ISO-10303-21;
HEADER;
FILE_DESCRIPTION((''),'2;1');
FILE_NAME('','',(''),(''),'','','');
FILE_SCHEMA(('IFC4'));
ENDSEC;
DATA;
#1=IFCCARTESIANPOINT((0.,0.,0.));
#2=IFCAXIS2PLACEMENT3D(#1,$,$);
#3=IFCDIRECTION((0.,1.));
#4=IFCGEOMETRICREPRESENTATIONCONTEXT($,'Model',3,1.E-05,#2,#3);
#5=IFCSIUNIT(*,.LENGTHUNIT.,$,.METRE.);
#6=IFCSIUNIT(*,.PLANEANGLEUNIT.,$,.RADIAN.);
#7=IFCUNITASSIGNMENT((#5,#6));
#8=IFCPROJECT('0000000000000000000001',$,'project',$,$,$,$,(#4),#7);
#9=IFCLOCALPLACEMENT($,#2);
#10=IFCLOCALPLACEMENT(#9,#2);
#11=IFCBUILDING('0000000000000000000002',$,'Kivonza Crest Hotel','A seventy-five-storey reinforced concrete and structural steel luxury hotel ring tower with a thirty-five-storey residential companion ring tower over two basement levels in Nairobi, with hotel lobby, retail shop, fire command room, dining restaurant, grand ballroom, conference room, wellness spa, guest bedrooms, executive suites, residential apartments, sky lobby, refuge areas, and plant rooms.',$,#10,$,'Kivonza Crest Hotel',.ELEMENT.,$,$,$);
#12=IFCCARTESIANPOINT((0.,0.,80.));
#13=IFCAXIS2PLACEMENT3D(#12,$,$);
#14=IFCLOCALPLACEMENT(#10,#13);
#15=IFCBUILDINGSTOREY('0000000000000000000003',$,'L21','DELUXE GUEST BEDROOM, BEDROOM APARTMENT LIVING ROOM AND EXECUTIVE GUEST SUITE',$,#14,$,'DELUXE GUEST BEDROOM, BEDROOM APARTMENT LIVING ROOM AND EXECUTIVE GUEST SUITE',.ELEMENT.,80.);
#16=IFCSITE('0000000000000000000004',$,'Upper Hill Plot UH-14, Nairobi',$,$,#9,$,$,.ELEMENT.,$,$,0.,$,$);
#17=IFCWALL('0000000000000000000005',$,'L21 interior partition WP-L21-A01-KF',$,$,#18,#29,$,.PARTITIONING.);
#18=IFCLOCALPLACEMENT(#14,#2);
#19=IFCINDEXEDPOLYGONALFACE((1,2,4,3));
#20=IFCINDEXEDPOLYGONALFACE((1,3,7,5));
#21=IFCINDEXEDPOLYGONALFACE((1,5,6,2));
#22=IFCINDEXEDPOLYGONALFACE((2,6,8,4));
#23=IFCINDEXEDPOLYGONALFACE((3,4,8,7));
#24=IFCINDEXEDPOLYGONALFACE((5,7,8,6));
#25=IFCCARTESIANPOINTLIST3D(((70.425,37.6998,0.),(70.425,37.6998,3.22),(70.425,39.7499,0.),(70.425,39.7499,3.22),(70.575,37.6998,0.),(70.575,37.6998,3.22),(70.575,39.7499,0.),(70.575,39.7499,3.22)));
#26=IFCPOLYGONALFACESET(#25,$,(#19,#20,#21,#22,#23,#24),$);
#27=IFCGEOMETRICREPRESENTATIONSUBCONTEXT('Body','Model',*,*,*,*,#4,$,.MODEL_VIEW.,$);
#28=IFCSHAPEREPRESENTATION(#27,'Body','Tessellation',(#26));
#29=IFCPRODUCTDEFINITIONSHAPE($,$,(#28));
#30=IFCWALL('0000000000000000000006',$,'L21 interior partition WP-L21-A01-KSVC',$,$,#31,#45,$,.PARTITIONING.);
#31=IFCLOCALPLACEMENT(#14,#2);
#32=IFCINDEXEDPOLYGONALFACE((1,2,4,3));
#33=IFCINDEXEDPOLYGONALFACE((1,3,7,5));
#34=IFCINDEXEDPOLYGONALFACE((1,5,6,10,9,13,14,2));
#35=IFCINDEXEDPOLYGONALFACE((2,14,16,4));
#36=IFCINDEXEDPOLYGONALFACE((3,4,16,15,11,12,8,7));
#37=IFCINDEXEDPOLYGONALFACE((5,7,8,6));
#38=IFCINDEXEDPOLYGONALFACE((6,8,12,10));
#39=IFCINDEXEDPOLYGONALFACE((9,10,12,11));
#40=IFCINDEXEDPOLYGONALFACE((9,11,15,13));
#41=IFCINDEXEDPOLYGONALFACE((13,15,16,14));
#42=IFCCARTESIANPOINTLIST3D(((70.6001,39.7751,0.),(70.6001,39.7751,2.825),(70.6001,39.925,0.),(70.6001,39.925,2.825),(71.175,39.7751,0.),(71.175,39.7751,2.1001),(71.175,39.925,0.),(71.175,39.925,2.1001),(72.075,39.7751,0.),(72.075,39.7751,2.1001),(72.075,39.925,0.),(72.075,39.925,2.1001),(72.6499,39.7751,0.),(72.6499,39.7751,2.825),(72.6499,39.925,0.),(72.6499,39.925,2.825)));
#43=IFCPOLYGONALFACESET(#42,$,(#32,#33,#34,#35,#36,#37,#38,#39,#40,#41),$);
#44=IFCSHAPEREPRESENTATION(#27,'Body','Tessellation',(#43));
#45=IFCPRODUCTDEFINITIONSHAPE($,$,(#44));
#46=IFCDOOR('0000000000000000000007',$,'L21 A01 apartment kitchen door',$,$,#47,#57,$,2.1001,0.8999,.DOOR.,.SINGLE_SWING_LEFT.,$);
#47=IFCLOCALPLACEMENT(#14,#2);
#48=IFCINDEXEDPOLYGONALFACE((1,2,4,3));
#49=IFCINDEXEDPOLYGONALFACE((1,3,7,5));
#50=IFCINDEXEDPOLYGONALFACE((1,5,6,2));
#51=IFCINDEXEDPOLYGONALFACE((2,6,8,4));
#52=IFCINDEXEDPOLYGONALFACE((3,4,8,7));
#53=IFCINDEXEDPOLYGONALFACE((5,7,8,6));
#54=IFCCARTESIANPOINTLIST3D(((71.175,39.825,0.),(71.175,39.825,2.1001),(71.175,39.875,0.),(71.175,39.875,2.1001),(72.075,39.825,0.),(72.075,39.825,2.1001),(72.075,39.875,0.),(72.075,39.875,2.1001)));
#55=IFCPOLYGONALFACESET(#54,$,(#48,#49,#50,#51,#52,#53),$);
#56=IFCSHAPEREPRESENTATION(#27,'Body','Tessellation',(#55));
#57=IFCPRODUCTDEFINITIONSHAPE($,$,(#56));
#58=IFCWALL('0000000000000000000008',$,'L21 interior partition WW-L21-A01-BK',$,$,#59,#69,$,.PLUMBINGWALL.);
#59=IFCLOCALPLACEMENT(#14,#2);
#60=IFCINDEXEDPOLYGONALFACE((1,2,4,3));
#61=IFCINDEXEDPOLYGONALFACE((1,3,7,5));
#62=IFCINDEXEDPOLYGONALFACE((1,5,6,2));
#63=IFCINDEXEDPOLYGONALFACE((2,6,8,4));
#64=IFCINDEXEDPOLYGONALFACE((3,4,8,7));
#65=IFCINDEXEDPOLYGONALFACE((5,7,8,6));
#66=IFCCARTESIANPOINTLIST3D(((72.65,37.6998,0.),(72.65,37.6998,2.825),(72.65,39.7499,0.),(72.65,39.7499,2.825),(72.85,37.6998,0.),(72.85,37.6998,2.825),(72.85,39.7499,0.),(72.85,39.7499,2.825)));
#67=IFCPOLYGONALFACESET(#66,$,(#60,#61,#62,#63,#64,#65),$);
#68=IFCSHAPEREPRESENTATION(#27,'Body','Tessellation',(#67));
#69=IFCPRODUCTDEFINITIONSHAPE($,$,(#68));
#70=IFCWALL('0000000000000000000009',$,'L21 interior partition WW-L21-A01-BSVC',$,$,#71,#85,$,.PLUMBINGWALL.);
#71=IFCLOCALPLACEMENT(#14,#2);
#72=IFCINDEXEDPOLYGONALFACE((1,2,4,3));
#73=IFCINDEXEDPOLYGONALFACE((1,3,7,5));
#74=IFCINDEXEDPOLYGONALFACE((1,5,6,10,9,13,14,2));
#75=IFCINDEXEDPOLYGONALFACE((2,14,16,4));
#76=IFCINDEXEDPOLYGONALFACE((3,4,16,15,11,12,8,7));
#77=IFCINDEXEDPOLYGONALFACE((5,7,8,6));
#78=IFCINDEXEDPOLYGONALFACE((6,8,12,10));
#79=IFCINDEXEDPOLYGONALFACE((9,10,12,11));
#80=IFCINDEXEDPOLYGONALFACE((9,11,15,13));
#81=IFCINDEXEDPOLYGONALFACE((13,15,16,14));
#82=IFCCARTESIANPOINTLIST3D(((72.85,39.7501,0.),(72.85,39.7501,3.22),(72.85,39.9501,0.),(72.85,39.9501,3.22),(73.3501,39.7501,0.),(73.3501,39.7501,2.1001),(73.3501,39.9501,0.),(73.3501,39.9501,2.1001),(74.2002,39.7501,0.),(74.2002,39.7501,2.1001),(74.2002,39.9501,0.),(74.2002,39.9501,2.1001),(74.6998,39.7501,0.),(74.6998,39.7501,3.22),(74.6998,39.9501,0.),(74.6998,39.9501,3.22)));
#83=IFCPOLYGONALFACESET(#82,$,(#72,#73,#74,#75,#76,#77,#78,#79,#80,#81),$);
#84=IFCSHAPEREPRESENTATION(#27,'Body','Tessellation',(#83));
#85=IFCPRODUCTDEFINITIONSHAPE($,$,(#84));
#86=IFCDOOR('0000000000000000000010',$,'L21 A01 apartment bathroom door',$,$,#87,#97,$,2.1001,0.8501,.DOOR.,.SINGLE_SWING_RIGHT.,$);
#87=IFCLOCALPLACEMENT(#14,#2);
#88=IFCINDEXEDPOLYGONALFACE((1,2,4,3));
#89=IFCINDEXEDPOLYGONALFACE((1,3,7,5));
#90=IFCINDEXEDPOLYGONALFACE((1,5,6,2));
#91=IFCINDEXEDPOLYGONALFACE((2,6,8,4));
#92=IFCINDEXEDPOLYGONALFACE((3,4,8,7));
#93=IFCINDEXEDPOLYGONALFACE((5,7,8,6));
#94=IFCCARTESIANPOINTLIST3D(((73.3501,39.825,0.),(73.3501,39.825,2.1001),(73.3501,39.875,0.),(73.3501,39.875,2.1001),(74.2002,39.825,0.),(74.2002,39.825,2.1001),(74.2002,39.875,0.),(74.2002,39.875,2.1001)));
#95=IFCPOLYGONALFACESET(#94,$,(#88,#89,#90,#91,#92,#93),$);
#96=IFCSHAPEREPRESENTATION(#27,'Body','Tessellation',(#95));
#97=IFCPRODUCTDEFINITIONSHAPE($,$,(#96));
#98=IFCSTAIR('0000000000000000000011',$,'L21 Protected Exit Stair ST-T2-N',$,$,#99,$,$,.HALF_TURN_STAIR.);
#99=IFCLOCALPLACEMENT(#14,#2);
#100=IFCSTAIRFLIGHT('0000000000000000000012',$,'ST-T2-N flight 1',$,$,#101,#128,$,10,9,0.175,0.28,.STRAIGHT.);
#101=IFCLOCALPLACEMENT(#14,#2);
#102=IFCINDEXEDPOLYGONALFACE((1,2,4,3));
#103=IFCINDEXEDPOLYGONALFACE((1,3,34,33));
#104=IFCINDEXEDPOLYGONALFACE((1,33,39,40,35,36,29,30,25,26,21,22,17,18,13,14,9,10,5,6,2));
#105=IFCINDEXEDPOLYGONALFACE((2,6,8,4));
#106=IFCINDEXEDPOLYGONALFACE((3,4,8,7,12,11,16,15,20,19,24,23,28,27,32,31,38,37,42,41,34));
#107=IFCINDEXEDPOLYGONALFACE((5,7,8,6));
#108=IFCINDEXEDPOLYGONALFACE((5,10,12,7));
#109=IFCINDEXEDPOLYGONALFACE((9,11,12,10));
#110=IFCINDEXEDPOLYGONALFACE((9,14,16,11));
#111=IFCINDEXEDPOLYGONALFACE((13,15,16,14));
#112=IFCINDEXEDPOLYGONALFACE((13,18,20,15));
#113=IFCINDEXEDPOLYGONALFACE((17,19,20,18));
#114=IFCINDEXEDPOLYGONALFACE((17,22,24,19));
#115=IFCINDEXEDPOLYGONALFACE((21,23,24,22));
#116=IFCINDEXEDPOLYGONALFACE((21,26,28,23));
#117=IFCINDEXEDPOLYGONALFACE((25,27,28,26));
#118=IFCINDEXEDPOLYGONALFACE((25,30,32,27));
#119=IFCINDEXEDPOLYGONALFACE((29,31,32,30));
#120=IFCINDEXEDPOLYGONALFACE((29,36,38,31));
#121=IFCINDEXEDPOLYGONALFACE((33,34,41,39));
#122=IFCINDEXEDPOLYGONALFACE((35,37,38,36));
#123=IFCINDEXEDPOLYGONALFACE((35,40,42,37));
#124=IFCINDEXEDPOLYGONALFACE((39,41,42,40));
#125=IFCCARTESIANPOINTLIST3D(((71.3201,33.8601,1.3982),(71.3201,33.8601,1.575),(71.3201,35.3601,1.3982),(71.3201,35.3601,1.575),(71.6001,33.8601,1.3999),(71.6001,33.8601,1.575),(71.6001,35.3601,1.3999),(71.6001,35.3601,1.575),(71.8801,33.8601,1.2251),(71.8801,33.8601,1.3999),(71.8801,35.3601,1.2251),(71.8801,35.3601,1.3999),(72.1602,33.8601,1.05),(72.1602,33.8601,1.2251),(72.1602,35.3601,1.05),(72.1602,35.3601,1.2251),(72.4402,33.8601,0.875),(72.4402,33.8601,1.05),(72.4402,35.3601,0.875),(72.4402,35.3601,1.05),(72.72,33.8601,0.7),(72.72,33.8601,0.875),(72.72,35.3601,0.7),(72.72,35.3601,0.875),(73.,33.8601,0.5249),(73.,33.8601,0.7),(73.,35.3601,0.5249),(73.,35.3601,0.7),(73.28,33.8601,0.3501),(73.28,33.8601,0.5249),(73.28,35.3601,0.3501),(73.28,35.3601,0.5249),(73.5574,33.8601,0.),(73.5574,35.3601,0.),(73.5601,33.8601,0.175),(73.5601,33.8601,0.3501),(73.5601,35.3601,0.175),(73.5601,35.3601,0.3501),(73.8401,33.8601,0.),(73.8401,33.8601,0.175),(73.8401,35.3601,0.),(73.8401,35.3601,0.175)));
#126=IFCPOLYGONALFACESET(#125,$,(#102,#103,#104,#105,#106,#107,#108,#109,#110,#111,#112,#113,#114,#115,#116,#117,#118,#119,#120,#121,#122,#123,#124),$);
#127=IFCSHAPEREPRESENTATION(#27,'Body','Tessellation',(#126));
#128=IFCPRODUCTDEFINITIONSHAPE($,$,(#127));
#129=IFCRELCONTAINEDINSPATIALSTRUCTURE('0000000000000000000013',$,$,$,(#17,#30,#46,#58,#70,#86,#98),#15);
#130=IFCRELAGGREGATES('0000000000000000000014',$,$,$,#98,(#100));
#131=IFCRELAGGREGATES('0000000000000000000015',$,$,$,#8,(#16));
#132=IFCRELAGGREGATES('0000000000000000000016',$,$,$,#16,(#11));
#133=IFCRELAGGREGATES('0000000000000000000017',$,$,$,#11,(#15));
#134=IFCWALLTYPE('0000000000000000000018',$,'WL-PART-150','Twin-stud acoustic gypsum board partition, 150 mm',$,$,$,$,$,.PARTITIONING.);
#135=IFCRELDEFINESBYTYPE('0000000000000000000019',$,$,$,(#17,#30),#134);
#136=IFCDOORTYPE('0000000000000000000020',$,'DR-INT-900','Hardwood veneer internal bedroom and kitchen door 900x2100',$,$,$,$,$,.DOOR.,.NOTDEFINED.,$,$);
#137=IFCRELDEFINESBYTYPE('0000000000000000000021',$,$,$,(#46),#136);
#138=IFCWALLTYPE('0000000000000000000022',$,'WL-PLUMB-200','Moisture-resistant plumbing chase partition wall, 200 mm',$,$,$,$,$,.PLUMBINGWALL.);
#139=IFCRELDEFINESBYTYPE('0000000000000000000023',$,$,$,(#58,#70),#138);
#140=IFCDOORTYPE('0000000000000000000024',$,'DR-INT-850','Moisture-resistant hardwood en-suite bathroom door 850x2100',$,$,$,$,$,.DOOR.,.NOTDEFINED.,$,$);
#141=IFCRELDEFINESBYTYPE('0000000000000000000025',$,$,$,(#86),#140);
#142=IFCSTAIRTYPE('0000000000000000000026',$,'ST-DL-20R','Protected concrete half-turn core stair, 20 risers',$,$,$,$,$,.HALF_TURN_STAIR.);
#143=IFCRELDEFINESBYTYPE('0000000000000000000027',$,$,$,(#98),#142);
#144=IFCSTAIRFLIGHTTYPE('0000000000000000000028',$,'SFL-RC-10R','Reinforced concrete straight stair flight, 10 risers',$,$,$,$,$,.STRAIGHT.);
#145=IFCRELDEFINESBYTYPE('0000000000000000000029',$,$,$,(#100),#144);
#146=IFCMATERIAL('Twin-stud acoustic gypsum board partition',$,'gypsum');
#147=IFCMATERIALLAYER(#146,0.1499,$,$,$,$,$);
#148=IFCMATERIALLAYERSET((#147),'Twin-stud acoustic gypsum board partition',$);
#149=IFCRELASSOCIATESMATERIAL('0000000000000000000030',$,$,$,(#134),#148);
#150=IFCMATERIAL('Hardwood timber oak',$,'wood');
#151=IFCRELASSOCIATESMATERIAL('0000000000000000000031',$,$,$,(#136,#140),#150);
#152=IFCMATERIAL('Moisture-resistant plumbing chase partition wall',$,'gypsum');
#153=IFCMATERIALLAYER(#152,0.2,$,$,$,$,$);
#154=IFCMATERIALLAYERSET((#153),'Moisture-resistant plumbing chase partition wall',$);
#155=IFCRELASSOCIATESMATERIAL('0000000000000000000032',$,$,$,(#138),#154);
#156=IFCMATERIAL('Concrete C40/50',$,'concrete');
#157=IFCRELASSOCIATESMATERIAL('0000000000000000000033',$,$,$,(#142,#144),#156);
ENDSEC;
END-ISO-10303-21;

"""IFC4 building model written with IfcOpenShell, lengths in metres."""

from ifc_helpers import new_model, si_unit, direction, frame, frame_2d, origin, place, context, subcontext, project, spatial, polyline, rectangle, outline, extrude, material, layer, layer_set, type_object, element, fill, aggregate, save


model = new_model("IFC4")

# Units and contexts
model_context = context("Model", 3, precision=1e-05, world=origin(), true_north=direction((0.0, 1.0)))
body_context = subcontext(model_context, "Body", "Model", "MODEL_VIEW")
ifc_project = project(units=[si_unit("LENGTHUNIT", "METRE"), si_unit("PLANEANGLEUNIT", "RADIAN")], contexts=[model_context])

# Site, building, storey
site_placement = place(None, origin())
site = spatial("IfcSite", under=ifc_project, at=site_placement, Name="Upper Hill Plot UH-14, Nairobi", CompositionType="ELEMENT", RefElevation=0.0)
building_placement = place(site_placement, origin())
building = spatial("IfcBuilding", under=site, at=building_placement, Name="Kivonza Crest Hotel", Description="A seventy-five-storey reinforced concrete and structural steel luxury hotel ring tower with a thirty-five-storey residential companion ring tower over two basement levels in Nairobi, with hotel lobby, retail shop, fire command room, dining restaurant, grand ballroom, conference room, wellness spa, guest bedrooms, executive suites, residential apartments, sky lobby, refuge areas, and plant rooms.", LongName="Kivonza Crest Hotel", CompositionType="ELEMENT")
storey_placement = place(building_placement, frame((0.0, 0.0, 80.0)))
storey = spatial("IfcBuildingStorey", under=building, at=storey_placement, Name="L21", Description="DELUXE GUEST BEDROOM, BEDROOM APARTMENT LIVING ROOM AND EXECUTIVE GUEST SUITE", LongName="DELUXE GUEST BEDROOM, BEDROOM APARTMENT LIVING ROOM AND EXECUTIVE GUEST SUITE", CompositionType="ELEMENT", Elevation=80.0)

# Shared definitions
ifc_material_1 = material(Name="Hardwood timber oak", Category="wood")

# Wall
ifc_material_2 = material(Name="Twin-stud acoustic gypsum board partition", Category="gypsum")
ifc_layer_1 = layer(ifc_material_2, 0.1499)
ifc_layer_set_1 = layer_set([ifc_layer_1], Name="Twin-stud acoustic gypsum board partition")
wall_type_1 = type_object("IfcWallType", Name="WL-PART-150", Description="Twin-stud acoustic gypsum board partition, 150 mm", PredefinedType="PARTITIONING", material=ifc_layer_set_1)
wall_1_placement = place(storey_placement, frame((70.5, 37.7, 0.0), z_axis=(0.0, 0.0, 1.0), x_axis=(0.0, 1.0, 0.0)))
element("IfcWall", 1, at=wall_1_placement, inside=storey, type_object=wall_type_1, Name="L21 interior partition WP-L21-A01-KF", PredefinedType="PARTITIONING", context=body_context, shape_type="SweptSolid", body=[
    extrude(rectangle(XDim=2.05, YDim=0.1499, at=frame_2d((1.0249, 0.0))), origin(), (0.0, 0.0, 1.0), 3.22),
])

# Wall, opening, door
wall_2_placement = place(storey_placement, frame((70.6001, 39.8501, 0.0), z_axis=(0.0, 0.0, 1.0), x_axis=(1.0, 0.0, 0.0)))
wall_2 = element("IfcWall", 2, at=wall_2_placement, inside=storey, type_object=wall_type_1, Name="L21 interior partition WP-L21-A01-KSVC", PredefinedType="PARTITIONING", context=body_context, shape_type="SweptSolid", body=[
    extrude(rectangle(XDim=2.0498, YDim=0.1499, at=frame_2d((1.0249, 0.0))), origin(), (0.0, 0.0, 1.0), 2.825),
])
opening_1_placement = place(wall_2_placement, frame((0.575, 0.0, 0.0)))
opening_1 = element("IfcOpeningElement", 3, at=opening_1_placement, cuts=wall_2, PredefinedType="OPENING", context=body_context, shape_type="SweptSolid", body=[
    extrude(rectangle(XDim=0.8999, YDim=2.1001, at=frame_2d((0.45, 1.05))), frame((0.0, 0.085, 0.0), z_axis=(0.0, -1.0, 0.0), x_axis=(1.0, 0.0, 0.0)), (0.0, 0.0, 1.0), 0.1699),
])
door_type_1 = type_object("IfcDoorType", Name="DR-INT-900", Description="Hardwood veneer internal bedroom and kitchen door 900x2100", OperationType="NOTDEFINED", PredefinedType="DOOR", material=ifc_material_1)
door_1_placement = place(opening_1_placement, origin())
door_1 = element("IfcDoor", 4, at=door_1_placement, inside=storey, type_object=door_type_1, Name="L21 A01 apartment kitchen door", OperationType="SINGLE_SWING_LEFT", OverallHeight=2.1001, OverallWidth=0.8999, PredefinedType="DOOR", context=body_context, shape_type="SweptSolid", body=[
    extrude(rectangle(XDim=0.8999, YDim=2.1001, at=frame_2d((0.45, 1.05))), frame((0.0, 0.0249, 0.0), z_axis=(0.0, -1.0, 0.0), x_axis=(1.0, 0.0, 0.0)), (0.0, 0.0, 1.0), 0.05),
])
fill(opening_1, door_1)

# Wall
ifc_material_3 = material(Name="Moisture-resistant plumbing chase partition wall", Category="gypsum")
ifc_layer_2 = layer(ifc_material_3, 0.2)
ifc_layer_set_2 = layer_set([ifc_layer_2], Name="Moisture-resistant plumbing chase partition wall")
wall_type_2 = type_object("IfcWallType", Name="WL-PLUMB-200", Description="Moisture-resistant plumbing chase partition wall, 200 mm", PredefinedType="PLUMBINGWALL", material=ifc_layer_set_2)
wall_3_placement = place(storey_placement, frame((72.75, 37.7, 0.0), z_axis=(0.0, 0.0, 1.0), x_axis=(0.0, 1.0, 0.0)))
element("IfcWall", 5, at=wall_3_placement, inside=storey, type_object=wall_type_2, Name="L21 interior partition WW-L21-A01-BK", PredefinedType="PLUMBINGWALL", context=body_context, shape_type="SweptSolid", body=[
    extrude(rectangle(XDim=2.05, YDim=0.2, at=frame_2d((1.0249, 0.0))), origin(), (0.0, 0.0, 1.0), 2.825),
])

# Wall, opening, door
wall_4_placement = place(storey_placement, frame((72.8501, 39.8501, 0.0), z_axis=(0.0, 0.0, 1.0), x_axis=(1.0, 0.0, 0.0)))
wall_4 = element("IfcWall", 6, at=wall_4_placement, inside=storey, type_object=wall_type_2, Name="L21 interior partition WW-L21-A01-BSVC", PredefinedType="PLUMBINGWALL", context=body_context, shape_type="SweptSolid", body=[
    extrude(rectangle(XDim=1.8499, YDim=0.2, at=frame_2d((0.9248, 0.0))), origin(), (0.0, 0.0, 1.0), 3.22),
])
opening_2_placement = place(wall_4_placement, frame((0.5, 0.0, 0.0)))
opening_2 = element("IfcOpeningElement", 7, at=opening_2_placement, cuts=wall_4, PredefinedType="OPENING", context=body_context, shape_type="SweptSolid", body=[
    extrude(rectangle(XDim=0.8501, YDim=2.1001, at=frame_2d((0.425, 1.05))), frame((0.0, 0.1099, 0.0), z_axis=(0.0, -1.0, 0.0), x_axis=(1.0, 0.0, 0.0)), (0.0, 0.0, 1.0), 0.22),
])
door_type_2 = type_object("IfcDoorType", Name="DR-INT-850", Description="Moisture-resistant hardwood en-suite bathroom door 850x2100", OperationType="NOTDEFINED", PredefinedType="DOOR", material=ifc_material_1)
door_2_placement = place(opening_2_placement, origin())
door_2 = element("IfcDoor", 8, at=door_2_placement, inside=storey, type_object=door_type_2, Name="L21 A01 apartment bathroom door", OperationType="SINGLE_SWING_RIGHT", OverallHeight=2.1001, OverallWidth=0.8501, PredefinedType="DOOR", context=body_context, shape_type="SweptSolid", body=[
    extrude(rectangle(XDim=0.8501, YDim=2.1001, at=frame_2d((0.425, 1.05))), frame((0.0, 0.0249, 0.0), z_axis=(0.0, -1.0, 0.0), x_axis=(1.0, 0.0, 0.0)), (0.0, 0.0, 1.0), 0.05),
])
fill(opening_2, door_2)

# Stair, stair flight
ifc_material_4 = material(Name="Concrete C40/50", Category="concrete")
stair_type = type_object("IfcStairType", Name="ST-DL-20R", Description="Protected concrete half-turn core stair, 20 risers", PredefinedType="HALF_TURN_STAIR", material=ifc_material_4)
stair_placement = place(storey_placement, origin())
stair = element("IfcStair", 9, at=stair_placement, inside=storey, type_object=stair_type, Name="L21 Protected Exit Stair ST-T2-N", PredefinedType="HALF_TURN_STAIR")
stair_flight_type = type_object("IfcStairFlightType", Name="SFL-RC-10R", Description="Reinforced concrete straight stair flight, 10 risers", PredefinedType="STRAIGHT", material=ifc_material_4)
stair_flight_placement = place(storey_placement, frame((73.8401, 34.6101, 0.0), z_axis=(0.0, 0.0, 1.0), x_axis=(-1.0, 0.0, 0.0)))
stair_flight = element("IfcStairFlight", 10, at=stair_flight_placement, type_object=stair_flight_type, Name="ST-T2-N flight 1", NumberOfRisers=10, NumberOfTreads=9, PredefinedType="STRAIGHT", RiserHeight=0.175, TreadLength=0.28, context=body_context, shape_type="SweptSolid", body=[
    extrude(outline(polyline([(0.0, 0.0), (0.0, 0.175), (0.28, 0.175), (0.28, 0.3501), (0.5601, 0.3501), (0.5601, 0.5249), (0.8401, 0.5249), (0.8401, 0.7), (1.1201, 0.7), (1.1201, 0.875), (1.3999, 0.875), (1.3999, 1.05), (1.6799, 1.05), (1.6799, 1.2251), (1.96, 1.2251), (1.96, 1.3999), (2.24, 1.3999), (2.24, 1.575), (2.52, 1.575), (2.52, 1.75), (2.52, 1.3982), (0.2827, 0.0), (0.0, 0.0)])), frame((0.0, 0.75, 0.0), z_axis=(0.0, -1.0, 0.0), x_axis=(1.0, 0.0, 0.0)), (0.0, 0.0, 1.0), 1.5),
])
aggregate(stair, [stair_flight])

save(model, "model.ifc")
